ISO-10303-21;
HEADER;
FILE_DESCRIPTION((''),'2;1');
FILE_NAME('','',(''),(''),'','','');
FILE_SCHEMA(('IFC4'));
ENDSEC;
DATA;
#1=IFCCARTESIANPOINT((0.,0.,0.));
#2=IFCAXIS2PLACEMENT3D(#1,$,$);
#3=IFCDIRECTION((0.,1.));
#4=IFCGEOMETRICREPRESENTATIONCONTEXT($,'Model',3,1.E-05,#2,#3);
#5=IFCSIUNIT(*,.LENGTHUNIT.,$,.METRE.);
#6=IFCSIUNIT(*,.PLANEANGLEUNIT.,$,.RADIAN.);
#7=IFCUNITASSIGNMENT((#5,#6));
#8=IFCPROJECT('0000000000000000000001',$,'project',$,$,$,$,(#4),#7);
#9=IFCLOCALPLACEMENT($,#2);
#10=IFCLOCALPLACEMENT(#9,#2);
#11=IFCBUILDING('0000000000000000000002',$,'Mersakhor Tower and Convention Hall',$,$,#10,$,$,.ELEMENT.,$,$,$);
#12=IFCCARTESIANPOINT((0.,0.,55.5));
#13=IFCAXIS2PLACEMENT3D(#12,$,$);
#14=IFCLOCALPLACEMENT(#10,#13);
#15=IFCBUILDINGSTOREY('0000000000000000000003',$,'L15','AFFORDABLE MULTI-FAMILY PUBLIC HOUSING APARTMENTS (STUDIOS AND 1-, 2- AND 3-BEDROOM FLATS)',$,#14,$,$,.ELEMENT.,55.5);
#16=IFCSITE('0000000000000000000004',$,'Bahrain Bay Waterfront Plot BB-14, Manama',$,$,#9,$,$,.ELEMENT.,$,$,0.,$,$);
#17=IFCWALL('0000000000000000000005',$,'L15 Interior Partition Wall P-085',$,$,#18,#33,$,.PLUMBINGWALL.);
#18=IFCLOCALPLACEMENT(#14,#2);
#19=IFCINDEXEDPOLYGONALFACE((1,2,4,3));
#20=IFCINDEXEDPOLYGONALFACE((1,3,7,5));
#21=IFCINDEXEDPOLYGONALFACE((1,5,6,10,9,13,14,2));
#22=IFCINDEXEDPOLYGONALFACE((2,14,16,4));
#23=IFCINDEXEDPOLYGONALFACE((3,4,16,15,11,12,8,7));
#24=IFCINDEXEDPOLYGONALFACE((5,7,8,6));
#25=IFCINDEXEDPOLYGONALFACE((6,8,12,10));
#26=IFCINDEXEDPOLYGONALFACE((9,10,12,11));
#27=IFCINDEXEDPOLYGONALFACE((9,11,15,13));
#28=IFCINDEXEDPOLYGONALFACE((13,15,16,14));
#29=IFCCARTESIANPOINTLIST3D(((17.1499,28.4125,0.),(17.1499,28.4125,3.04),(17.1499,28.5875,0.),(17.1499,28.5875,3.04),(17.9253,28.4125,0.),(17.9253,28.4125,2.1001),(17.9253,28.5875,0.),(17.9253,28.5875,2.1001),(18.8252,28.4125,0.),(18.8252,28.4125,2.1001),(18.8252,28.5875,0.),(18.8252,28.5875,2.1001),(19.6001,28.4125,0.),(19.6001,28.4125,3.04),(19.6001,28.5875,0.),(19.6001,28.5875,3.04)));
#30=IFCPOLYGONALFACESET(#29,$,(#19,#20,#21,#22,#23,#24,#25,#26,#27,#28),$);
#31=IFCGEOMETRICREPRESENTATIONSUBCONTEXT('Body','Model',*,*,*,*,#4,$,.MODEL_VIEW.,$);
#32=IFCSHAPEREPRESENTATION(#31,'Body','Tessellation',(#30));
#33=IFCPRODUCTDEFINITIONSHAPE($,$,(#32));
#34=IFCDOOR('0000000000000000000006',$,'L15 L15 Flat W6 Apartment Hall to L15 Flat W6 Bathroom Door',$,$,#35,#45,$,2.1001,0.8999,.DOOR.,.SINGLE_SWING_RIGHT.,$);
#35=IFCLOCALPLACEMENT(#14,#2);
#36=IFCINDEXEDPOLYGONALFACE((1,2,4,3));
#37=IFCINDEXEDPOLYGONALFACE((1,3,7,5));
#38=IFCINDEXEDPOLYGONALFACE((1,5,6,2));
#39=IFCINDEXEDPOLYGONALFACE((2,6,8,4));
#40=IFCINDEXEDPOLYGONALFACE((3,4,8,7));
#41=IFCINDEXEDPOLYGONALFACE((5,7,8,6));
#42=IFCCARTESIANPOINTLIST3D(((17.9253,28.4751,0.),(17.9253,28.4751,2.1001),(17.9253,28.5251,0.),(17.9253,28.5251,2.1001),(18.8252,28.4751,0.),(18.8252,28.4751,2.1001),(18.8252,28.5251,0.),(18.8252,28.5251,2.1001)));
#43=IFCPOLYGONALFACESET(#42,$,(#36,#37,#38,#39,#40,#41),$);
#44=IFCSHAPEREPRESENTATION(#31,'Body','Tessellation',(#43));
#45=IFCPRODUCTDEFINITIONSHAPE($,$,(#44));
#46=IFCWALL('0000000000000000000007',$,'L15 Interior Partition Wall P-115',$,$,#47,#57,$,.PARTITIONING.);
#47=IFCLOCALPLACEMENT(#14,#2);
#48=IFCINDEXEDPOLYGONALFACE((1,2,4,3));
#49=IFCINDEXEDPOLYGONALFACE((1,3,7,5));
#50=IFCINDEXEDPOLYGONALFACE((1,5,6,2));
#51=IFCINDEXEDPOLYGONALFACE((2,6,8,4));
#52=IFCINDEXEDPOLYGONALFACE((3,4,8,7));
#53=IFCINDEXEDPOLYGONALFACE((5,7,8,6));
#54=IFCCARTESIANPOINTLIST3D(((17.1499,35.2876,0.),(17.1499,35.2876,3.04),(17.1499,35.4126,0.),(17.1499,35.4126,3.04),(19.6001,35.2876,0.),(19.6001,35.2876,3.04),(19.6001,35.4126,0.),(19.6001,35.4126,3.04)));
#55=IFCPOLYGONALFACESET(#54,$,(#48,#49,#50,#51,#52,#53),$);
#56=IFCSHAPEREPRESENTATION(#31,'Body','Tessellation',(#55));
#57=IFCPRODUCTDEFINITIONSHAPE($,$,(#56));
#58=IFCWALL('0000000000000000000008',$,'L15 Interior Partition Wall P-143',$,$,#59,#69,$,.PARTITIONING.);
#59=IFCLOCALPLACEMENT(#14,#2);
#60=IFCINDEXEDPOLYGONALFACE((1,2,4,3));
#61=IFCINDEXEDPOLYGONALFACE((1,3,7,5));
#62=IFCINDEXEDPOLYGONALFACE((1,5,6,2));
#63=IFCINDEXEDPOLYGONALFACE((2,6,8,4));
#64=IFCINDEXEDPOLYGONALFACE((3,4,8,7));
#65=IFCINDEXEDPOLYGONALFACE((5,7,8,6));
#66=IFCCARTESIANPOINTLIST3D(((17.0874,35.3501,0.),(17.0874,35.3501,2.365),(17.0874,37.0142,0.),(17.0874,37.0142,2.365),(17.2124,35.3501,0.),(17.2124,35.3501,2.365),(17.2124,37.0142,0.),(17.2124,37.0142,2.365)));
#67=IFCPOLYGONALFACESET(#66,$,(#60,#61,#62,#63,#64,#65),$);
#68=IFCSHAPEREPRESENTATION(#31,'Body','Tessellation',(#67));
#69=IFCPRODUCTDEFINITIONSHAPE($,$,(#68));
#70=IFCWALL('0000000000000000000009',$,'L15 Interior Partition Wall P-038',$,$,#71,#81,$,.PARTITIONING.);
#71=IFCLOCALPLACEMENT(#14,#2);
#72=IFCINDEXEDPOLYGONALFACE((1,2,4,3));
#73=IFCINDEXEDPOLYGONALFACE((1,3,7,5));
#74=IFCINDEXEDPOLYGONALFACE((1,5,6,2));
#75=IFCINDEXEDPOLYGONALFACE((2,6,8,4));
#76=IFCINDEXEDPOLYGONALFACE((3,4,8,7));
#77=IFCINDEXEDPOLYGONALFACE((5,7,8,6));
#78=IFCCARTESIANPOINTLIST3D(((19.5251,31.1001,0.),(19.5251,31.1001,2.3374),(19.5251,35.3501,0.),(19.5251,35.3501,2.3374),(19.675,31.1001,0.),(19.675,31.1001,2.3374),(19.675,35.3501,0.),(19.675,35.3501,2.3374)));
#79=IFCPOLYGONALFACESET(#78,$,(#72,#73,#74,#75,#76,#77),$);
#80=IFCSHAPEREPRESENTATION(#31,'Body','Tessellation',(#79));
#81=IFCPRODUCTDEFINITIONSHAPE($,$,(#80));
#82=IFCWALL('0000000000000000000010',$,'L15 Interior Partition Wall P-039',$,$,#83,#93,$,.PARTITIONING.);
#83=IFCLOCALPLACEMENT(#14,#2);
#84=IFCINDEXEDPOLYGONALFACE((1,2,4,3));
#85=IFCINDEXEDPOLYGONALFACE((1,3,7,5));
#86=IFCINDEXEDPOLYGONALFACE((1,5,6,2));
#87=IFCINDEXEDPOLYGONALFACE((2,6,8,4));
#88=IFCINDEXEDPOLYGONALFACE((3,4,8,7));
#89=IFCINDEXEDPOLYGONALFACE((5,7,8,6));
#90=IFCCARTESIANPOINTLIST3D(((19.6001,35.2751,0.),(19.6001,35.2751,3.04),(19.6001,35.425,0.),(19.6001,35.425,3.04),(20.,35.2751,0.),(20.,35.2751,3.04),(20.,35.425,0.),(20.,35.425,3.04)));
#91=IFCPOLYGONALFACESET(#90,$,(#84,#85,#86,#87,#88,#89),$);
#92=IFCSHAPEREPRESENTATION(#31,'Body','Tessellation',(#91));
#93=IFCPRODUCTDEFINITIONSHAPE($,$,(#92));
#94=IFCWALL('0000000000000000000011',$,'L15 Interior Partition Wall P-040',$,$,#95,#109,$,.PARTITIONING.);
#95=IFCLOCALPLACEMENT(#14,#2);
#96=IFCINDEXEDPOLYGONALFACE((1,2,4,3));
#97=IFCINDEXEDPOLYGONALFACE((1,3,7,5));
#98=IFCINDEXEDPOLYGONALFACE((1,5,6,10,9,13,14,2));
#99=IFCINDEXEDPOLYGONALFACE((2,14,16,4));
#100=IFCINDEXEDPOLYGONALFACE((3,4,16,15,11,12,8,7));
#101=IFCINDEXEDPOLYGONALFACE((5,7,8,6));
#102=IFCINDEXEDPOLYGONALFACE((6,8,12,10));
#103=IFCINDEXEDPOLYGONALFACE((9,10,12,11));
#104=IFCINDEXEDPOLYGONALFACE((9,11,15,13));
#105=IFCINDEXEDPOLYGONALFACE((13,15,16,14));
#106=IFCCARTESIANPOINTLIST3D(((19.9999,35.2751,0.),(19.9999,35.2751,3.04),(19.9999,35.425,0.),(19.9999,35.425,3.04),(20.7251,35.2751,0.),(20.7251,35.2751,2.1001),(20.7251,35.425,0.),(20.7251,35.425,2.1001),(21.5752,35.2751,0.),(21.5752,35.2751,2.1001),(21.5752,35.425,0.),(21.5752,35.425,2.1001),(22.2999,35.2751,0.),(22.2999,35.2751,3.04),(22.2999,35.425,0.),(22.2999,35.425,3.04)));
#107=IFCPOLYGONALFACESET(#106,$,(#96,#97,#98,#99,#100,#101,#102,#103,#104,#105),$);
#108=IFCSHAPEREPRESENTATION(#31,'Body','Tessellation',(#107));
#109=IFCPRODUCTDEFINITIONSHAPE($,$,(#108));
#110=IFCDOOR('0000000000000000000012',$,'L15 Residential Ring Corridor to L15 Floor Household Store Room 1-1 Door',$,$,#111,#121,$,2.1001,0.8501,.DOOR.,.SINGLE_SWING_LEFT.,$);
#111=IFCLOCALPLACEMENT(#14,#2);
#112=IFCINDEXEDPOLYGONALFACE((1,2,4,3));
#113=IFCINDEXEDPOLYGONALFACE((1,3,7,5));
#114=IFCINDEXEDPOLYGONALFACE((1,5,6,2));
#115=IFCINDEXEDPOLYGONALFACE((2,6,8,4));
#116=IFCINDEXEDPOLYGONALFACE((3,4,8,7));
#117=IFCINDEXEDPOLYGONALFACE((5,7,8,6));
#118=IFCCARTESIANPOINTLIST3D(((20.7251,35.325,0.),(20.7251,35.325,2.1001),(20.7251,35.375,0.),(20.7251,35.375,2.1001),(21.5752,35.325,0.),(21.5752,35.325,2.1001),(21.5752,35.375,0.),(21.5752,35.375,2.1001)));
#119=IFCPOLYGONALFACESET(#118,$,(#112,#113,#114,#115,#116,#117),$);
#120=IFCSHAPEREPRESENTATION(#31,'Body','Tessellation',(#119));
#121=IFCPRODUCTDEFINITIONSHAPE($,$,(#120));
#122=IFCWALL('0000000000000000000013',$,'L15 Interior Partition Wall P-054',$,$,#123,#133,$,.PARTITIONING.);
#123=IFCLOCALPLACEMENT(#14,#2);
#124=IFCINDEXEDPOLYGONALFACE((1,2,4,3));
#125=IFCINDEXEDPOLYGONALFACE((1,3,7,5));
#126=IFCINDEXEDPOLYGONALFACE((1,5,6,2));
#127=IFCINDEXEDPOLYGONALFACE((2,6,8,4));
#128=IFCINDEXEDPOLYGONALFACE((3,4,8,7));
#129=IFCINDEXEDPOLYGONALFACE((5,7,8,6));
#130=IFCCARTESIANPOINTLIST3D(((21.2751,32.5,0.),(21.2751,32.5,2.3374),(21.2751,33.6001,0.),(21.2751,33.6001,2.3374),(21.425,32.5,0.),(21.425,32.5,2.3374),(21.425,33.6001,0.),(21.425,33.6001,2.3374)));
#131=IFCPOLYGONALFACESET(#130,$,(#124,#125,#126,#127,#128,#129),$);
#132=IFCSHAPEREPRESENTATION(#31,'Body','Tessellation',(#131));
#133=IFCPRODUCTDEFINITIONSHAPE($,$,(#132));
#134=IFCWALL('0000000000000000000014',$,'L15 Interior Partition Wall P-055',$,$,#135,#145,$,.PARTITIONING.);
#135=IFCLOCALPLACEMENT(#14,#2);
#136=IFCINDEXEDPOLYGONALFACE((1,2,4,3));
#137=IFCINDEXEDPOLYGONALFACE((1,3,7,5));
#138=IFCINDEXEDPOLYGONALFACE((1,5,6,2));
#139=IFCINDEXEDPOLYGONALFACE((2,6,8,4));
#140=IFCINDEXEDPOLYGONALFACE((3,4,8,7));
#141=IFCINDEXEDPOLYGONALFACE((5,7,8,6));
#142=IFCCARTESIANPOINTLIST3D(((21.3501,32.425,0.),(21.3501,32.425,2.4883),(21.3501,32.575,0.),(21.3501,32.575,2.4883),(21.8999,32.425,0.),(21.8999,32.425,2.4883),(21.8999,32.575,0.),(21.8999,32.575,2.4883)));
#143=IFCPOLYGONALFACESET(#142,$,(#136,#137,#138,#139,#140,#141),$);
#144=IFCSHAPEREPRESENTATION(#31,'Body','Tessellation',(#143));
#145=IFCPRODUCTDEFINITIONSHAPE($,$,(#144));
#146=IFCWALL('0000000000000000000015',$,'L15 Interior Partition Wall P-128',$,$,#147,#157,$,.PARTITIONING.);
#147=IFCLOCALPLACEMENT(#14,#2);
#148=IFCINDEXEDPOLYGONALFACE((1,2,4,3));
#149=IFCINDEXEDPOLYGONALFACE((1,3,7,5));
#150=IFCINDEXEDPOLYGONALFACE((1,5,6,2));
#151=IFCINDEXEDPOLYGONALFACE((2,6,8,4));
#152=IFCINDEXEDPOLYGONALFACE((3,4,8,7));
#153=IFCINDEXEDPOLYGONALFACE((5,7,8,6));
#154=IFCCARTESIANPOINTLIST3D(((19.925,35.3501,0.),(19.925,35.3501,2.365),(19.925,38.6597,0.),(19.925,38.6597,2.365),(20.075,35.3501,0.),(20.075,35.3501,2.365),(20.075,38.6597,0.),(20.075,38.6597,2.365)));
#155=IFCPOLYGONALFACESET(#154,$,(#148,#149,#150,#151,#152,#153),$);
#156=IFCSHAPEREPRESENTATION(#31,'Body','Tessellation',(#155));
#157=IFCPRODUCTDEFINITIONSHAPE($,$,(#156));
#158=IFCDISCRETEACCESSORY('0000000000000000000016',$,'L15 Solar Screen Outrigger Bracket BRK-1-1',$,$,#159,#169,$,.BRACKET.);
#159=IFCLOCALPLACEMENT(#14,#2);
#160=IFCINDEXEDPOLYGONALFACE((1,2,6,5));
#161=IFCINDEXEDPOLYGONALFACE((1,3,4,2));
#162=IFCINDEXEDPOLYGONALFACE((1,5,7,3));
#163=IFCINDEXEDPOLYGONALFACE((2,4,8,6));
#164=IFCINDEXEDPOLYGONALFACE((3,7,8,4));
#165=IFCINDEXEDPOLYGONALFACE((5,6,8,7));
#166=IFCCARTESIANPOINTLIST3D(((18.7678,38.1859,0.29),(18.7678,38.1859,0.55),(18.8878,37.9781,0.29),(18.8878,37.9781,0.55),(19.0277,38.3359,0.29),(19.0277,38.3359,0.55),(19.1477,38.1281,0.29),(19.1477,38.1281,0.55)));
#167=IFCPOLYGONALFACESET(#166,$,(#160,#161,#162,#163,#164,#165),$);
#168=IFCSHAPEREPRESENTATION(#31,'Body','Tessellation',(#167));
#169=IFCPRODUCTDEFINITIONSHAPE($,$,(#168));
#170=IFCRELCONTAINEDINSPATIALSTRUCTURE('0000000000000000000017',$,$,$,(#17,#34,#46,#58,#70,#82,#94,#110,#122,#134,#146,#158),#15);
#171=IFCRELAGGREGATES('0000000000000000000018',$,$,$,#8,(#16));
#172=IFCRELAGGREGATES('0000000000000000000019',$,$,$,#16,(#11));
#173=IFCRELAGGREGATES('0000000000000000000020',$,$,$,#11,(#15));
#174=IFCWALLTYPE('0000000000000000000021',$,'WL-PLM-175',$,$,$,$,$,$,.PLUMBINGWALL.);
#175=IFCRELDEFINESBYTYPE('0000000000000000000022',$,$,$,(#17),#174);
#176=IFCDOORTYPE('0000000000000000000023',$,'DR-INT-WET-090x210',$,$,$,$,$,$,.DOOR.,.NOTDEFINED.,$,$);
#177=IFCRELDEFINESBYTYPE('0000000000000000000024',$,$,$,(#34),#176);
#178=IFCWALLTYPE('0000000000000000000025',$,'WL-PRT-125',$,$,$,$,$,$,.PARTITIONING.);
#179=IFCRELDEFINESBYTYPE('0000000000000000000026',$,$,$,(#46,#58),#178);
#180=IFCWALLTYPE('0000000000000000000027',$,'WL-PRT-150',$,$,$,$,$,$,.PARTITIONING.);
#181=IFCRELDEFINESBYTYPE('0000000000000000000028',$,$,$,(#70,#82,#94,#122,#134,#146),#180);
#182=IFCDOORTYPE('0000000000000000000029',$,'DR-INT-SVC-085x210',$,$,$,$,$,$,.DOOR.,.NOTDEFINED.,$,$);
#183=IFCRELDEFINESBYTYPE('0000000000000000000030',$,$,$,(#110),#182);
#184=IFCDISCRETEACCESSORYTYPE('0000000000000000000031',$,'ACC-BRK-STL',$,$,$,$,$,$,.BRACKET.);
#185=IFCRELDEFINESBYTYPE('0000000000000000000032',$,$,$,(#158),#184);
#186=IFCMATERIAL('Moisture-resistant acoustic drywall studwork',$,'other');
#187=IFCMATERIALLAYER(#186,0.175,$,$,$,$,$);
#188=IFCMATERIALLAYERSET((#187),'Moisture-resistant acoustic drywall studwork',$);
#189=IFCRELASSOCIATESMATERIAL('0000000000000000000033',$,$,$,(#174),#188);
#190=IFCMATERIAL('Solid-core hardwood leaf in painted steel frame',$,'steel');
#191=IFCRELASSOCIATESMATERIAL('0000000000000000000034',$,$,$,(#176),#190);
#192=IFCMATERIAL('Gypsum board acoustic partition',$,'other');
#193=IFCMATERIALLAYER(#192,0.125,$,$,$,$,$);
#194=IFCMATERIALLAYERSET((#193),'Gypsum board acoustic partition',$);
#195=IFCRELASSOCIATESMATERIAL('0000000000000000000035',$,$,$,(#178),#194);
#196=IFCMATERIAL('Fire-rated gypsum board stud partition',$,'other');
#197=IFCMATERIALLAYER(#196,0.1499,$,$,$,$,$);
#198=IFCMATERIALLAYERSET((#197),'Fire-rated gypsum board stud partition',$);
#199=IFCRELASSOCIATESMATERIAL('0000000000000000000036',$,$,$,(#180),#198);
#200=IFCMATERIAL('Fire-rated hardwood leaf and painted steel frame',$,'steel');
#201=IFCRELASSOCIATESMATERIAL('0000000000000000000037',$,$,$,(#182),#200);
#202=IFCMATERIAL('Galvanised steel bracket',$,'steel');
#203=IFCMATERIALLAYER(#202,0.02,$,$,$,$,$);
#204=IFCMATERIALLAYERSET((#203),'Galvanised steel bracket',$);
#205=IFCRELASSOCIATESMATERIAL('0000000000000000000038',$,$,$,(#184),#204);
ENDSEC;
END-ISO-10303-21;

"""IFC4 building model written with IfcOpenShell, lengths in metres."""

from ifc_helpers import new_model, si_unit, direction, frame, frame_2d, origin, origin_2d, place, context, subcontext, project, spatial, rectangle, extrude, material, layer, layer_set, type_object, element, fill, save


model = new_model("IFC4")

# Units and contexts
model_context = context("Model", 3, precision=1e-05, world=origin(), true_north=direction((0.0, 1.0)))
body_context = subcontext(model_context, "Body", "Model", "MODEL_VIEW")
ifc_project = project(units=[si_unit("LENGTHUNIT", "METRE"), si_unit("PLANEANGLEUNIT", "RADIAN")], contexts=[model_context])

# Site, building, storey
site_placement = place(None, origin())
site = spatial("IfcSite", under=ifc_project, at=site_placement, Name="Bahrain Bay Waterfront Plot BB-14, Manama", CompositionType="ELEMENT", RefElevation=0.0)
building_placement = place(site_placement, origin())
building = spatial("IfcBuilding", under=site, at=building_placement, Name="Mersakhor Tower and Convention Hall", CompositionType="ELEMENT")
storey_placement = place(building_placement, frame((0.0, 0.0, 55.5)))
storey = spatial("IfcBuildingStorey", under=building, at=storey_placement, Name="L15", Description="AFFORDABLE MULTI-FAMILY PUBLIC HOUSING APARTMENTS (STUDIOS AND 1-, 2- AND 3-BEDROOM FLATS)", CompositionType="ELEMENT", Elevation=55.5)

# Wall, opening, door
ifc_material_1 = material(Name="Moisture-resistant acoustic drywall studwork", Category="other")
ifc_layer_1 = layer(ifc_material_1, 0.175)
ifc_layer_set_1 = layer_set([ifc_layer_1], Name="Moisture-resistant acoustic drywall studwork")
wall_type_1 = type_object("IfcWallType", Name="WL-PLM-175", PredefinedType="PLUMBINGWALL", material=ifc_layer_set_1)
wall_1_placement = place(storey_placement, frame((19.6001, 28.5, 0.0), z_axis=(0.0, 0.0, 1.0), x_axis=(-1.0, 0.0, 0.0)))
wall_1 = element("IfcWall", 1, at=wall_1_placement, inside=storey, type_object=wall_type_1, Name="L15 Interior Partition Wall P-085", PredefinedType="PLUMBINGWALL", context=body_context, shape_type="SweptSolid", body=[
    extrude(rectangle(XDim=2.4502, YDim=0.175, at=frame_2d((1.2251, 0.0))), origin(), (0.0, 0.0, 1.0), 3.04),
])
opening_1_placement = place(wall_1_placement, frame((0.7749, 0.0, 0.0)))
opening_1 = element("IfcOpeningElement", 2, at=opening_1_placement, cuts=wall_1, PredefinedType="OPENING", context=body_context, shape_type="SweptSolid", body=[
    extrude(rectangle(XDim=0.8999, YDim=2.1001, at=frame_2d((0.45, 1.05))), frame((0.0, 0.0974, 0.0), z_axis=(0.0, -1.0, 0.0), x_axis=(1.0, 0.0, 0.0)), (0.0, 0.0, 1.0), 0.1951),
])
ifc_material_2 = material(Name="Solid-core hardwood leaf in painted steel frame", Category="steel")
door_type_1 = type_object("IfcDoorType", Name="DR-INT-WET-090x210", OperationType="NOTDEFINED", PredefinedType="DOOR", material=ifc_material_2)
door_1_placement = place(opening_1_placement, origin())
door_1 = element("IfcDoor", 3, at=door_1_placement, inside=storey, type_object=door_type_1, Name="L15 L15 Flat W6 Apartment Hall to L15 Flat W6 Bathroom Door", OperationType="SINGLE_SWING_RIGHT", OverallHeight=2.1001, OverallWidth=0.8999, PredefinedType="DOOR", context=body_context, shape_type="SweptSolid", body=[
    extrude(rectangle(XDim=0.8999, YDim=2.1001, at=frame_2d((0.45, 1.05))), frame((0.0, 0.0249, 0.0), z_axis=(0.0, -1.0, 0.0), x_axis=(1.0, 0.0, 0.0)), (0.0, 0.0, 1.0), 0.05),
])
fill(opening_1, door_1)

# Walls
ifc_material_3 = material(Name="Gypsum board acoustic partition", Category="other")
ifc_layer_2 = layer(ifc_material_3, 0.125)
ifc_layer_set_2 = layer_set([ifc_layer_2], Name="Gypsum board acoustic partition")
wall_type_2 = type_object("IfcWallType", Name="WL-PRT-125", PredefinedType="PARTITIONING", material=ifc_layer_set_2)
wall_2_placement = place(storey_placement, frame((17.1499, 35.3501, 0.0), z_axis=(0.0, 0.0, 1.0), x_axis=(1.0, 0.0, 0.0)))
element("IfcWall", 4, at=wall_2_placement, inside=storey, type_object=wall_type_2, Name="L15 Interior Partition Wall P-115", PredefinedType="PARTITIONING", context=body_context, shape_type="SweptSolid", body=[
    extrude(rectangle(XDim=2.4502, YDim=0.125, at=frame_2d((1.2251, 0.0))), origin(), (0.0, 0.0, 1.0), 3.04),
])
wall_3_placement = place(storey_placement, frame((17.1499, 37.0142, 0.0), z_axis=(0.0, 0.0, 1.0), x_axis=(0.0, -1.0, 0.0)))
element("IfcWall", 5, at=wall_3_placement, inside=storey, type_object=wall_type_2, Name="L15 Interior Partition Wall P-143", PredefinedType="PARTITIONING", context=body_context, shape_type="SweptSolid", body=[
    extrude(rectangle(XDim=1.6641, YDim=0.125, at=frame_2d((0.832, 0.0))), origin(), (0.0, 0.0, 1.0), 2.365),
])

# Shared definitions
ifc_material_4 = material(Name="Fire-rated gypsum board stud partition", Category="other")
ifc_layer_3 = layer(ifc_material_4, 0.1499)
ifc_layer_set_3 = layer_set([ifc_layer_3], Name="Fire-rated gypsum board stud partition")
wall_type_3 = type_object("IfcWallType", Name="WL-PRT-150", PredefinedType="PARTITIONING", material=ifc_layer_set_3)

# Walls
wall_4_placement = place(storey_placement, frame((19.6001, 31.1001, 0.0), z_axis=(0.0, 0.0, 1.0), x_axis=(0.0, 1.0, 0.0)))
element("IfcWall", 6, at=wall_4_placement, inside=storey, type_object=wall_type_3, Name="L15 Interior Partition Wall P-038", PredefinedType="PARTITIONING", context=body_context, shape_type="SweptSolid", body=[
    extrude(rectangle(XDim=4.25, YDim=0.1499, at=frame_2d((2.125, 0.0))), origin(), (0.0, 0.0, 1.0), 2.3374),
])
wall_5_placement = place(storey_placement, frame((19.6001, 35.3501, 0.0), z_axis=(0.0, 0.0, 1.0), x_axis=(1.0, 0.0, 0.0)))
element("IfcWall", 7, at=wall_5_placement, inside=storey, type_object=wall_type_3, Name="L15 Interior Partition Wall P-039", PredefinedType="PARTITIONING", context=body_context, shape_type="SweptSolid", body=[
    extrude(rectangle(XDim=0.3999, YDim=0.1499, at=frame_2d((0.2, 0.0))), origin(), (0.0, 0.0, 1.0), 3.04),
])

# Wall, opening, door
wall_6_placement = place(storey_placement, frame((20.0, 35.3501, 0.0), z_axis=(0.0, 0.0, 1.0), x_axis=(1.0, 0.0, 0.0)))
wall_6 = element("IfcWall", 8, at=wall_6_placement, inside=storey, type_object=wall_type_3, Name="L15 Interior Partition Wall P-040", PredefinedType="PARTITIONING", context=body_context, shape_type="SweptSolid", body=[
    extrude(rectangle(XDim=2.3, YDim=0.1499, at=frame_2d((1.1499, 0.0))), origin(), (0.0, 0.0, 1.0), 3.04),
])
opening_2_placement = place(wall_6_placement, frame((0.7251, 0.0, 0.0)))
opening_2 = element("IfcOpeningElement", 9, at=opening_2_placement, cuts=wall_6, PredefinedType="OPENING", context=body_context, shape_type="SweptSolid", body=[
    extrude(rectangle(XDim=0.8501, YDim=2.1001, at=frame_2d((0.425, 1.05))), frame((0.0, 0.085, 0.0), z_axis=(0.0, -1.0, 0.0), x_axis=(1.0, 0.0, 0.0)), (0.0, 0.0, 1.0), 0.1699),
])
ifc_material_5 = material(Name="Fire-rated hardwood leaf and painted steel frame", Category="steel")
door_type_2 = type_object("IfcDoorType", Name="DR-INT-SVC-085x210", OperationType="NOTDEFINED", PredefinedType="DOOR", material=ifc_material_5)
door_2_placement = place(opening_2_placement, origin())
door_2 = element("IfcDoor", 10, at=door_2_placement, inside=storey, type_object=door_type_2, Name="L15 Residential Ring Corridor to L15 Floor Household Store Room 1-1 Door", OperationType="SINGLE_SWING_LEFT", OverallHeight=2.1001, OverallWidth=0.8501, PredefinedType="DOOR", context=body_context, shape_type="SweptSolid", body=[
    extrude(rectangle(XDim=0.8501, YDim=2.1001, at=frame_2d((0.425, 1.05))), frame((0.0, 0.0249, 0.0), z_axis=(0.0, -1.0, 0.0), x_axis=(1.0, 0.0, 0.0)), (0.0, 0.0, 1.0), 0.05),
])
fill(opening_2, door_2)

# Walls
wall_7_placement = place(storey_placement, frame((21.3501, 33.6001, 0.0), z_axis=(0.0, 0.0, 1.0), x_axis=(0.0, -1.0, 0.0)))
element("IfcWall", 11, at=wall_7_placement, inside=storey, type_object=wall_type_3, Name="L15 Interior Partition Wall P-054", PredefinedType="PARTITIONING", context=body_context, shape_type="SweptSolid", body=[
    extrude(rectangle(XDim=1.1001, YDim=0.1499, at=frame_2d((0.55, 0.0))), origin(), (0.0, 0.0, 1.0), 2.3374),
])
wall_8_placement = place(storey_placement, frame((21.3501, 32.5, 0.0), z_axis=(0.0, 0.0, 1.0), x_axis=(1.0, 0.0, 0.0)))
element("IfcWall", 12, at=wall_8_placement, inside=storey, type_object=wall_type_3, Name="L15 Interior Partition Wall P-055", PredefinedType="PARTITIONING", context=body_context, shape_type="SweptSolid", body=[
    extrude(rectangle(XDim=0.5498, YDim=0.1499, at=frame_2d((0.2749, 0.0))), origin(), (0.0, 0.0, 1.0), 2.4883),
])
wall_9_placement = place(storey_placement, frame((20.0, 35.3501, 0.0), z_axis=(0.0, 0.0, 1.0), x_axis=(0.0, 1.0, 0.0)))
element("IfcWall", 13, at=wall_9_placement, inside=storey, type_object=wall_type_3, Name="L15 Interior Partition Wall P-128", PredefinedType="PARTITIONING", context=body_context, shape_type="SweptSolid", body=[
    extrude(rectangle(XDim=3.3096, YDim=0.1499, at=frame_2d((1.6548, 0.0))), origin(), (0.0, 0.0, 1.0), 2.365),
])

# Discrete accessory
ifc_material_6 = material(Name="Galvanised steel bracket", Category="steel")
ifc_layer_4 = layer(ifc_material_6, 0.02)
ifc_layer_set_4 = layer_set([ifc_layer_4], Name="Galvanised steel bracket")
discrete_accessory_type = type_object("IfcDiscreteAccessoryType", Name="ACC-BRK-STL", PredefinedType="BRACKET", material=ifc_layer_set_4)
discrete_accessory_1_placement = place(storey_placement, frame((18.9578, 38.157, 0.29), z_axis=(0.0, 0.0, 1.0), x_axis=(0.866025, 0.5, 0.0)))
element("IfcDiscreteAccessory", 14, at=discrete_accessory_1_placement, inside=storey, type_object=discrete_accessory_type, Name="L15 Solar Screen Outrigger Bracket BRK-1-1", PredefinedType="BRACKET", context=body_context, shape_type="SweptSolid", body=[
    extrude(rectangle(XDim=0.3, YDim=0.24, at=origin_2d()), origin(), (0.0, 0.0, 1.0), 0.26),
])

save(model, "model.ifc")
